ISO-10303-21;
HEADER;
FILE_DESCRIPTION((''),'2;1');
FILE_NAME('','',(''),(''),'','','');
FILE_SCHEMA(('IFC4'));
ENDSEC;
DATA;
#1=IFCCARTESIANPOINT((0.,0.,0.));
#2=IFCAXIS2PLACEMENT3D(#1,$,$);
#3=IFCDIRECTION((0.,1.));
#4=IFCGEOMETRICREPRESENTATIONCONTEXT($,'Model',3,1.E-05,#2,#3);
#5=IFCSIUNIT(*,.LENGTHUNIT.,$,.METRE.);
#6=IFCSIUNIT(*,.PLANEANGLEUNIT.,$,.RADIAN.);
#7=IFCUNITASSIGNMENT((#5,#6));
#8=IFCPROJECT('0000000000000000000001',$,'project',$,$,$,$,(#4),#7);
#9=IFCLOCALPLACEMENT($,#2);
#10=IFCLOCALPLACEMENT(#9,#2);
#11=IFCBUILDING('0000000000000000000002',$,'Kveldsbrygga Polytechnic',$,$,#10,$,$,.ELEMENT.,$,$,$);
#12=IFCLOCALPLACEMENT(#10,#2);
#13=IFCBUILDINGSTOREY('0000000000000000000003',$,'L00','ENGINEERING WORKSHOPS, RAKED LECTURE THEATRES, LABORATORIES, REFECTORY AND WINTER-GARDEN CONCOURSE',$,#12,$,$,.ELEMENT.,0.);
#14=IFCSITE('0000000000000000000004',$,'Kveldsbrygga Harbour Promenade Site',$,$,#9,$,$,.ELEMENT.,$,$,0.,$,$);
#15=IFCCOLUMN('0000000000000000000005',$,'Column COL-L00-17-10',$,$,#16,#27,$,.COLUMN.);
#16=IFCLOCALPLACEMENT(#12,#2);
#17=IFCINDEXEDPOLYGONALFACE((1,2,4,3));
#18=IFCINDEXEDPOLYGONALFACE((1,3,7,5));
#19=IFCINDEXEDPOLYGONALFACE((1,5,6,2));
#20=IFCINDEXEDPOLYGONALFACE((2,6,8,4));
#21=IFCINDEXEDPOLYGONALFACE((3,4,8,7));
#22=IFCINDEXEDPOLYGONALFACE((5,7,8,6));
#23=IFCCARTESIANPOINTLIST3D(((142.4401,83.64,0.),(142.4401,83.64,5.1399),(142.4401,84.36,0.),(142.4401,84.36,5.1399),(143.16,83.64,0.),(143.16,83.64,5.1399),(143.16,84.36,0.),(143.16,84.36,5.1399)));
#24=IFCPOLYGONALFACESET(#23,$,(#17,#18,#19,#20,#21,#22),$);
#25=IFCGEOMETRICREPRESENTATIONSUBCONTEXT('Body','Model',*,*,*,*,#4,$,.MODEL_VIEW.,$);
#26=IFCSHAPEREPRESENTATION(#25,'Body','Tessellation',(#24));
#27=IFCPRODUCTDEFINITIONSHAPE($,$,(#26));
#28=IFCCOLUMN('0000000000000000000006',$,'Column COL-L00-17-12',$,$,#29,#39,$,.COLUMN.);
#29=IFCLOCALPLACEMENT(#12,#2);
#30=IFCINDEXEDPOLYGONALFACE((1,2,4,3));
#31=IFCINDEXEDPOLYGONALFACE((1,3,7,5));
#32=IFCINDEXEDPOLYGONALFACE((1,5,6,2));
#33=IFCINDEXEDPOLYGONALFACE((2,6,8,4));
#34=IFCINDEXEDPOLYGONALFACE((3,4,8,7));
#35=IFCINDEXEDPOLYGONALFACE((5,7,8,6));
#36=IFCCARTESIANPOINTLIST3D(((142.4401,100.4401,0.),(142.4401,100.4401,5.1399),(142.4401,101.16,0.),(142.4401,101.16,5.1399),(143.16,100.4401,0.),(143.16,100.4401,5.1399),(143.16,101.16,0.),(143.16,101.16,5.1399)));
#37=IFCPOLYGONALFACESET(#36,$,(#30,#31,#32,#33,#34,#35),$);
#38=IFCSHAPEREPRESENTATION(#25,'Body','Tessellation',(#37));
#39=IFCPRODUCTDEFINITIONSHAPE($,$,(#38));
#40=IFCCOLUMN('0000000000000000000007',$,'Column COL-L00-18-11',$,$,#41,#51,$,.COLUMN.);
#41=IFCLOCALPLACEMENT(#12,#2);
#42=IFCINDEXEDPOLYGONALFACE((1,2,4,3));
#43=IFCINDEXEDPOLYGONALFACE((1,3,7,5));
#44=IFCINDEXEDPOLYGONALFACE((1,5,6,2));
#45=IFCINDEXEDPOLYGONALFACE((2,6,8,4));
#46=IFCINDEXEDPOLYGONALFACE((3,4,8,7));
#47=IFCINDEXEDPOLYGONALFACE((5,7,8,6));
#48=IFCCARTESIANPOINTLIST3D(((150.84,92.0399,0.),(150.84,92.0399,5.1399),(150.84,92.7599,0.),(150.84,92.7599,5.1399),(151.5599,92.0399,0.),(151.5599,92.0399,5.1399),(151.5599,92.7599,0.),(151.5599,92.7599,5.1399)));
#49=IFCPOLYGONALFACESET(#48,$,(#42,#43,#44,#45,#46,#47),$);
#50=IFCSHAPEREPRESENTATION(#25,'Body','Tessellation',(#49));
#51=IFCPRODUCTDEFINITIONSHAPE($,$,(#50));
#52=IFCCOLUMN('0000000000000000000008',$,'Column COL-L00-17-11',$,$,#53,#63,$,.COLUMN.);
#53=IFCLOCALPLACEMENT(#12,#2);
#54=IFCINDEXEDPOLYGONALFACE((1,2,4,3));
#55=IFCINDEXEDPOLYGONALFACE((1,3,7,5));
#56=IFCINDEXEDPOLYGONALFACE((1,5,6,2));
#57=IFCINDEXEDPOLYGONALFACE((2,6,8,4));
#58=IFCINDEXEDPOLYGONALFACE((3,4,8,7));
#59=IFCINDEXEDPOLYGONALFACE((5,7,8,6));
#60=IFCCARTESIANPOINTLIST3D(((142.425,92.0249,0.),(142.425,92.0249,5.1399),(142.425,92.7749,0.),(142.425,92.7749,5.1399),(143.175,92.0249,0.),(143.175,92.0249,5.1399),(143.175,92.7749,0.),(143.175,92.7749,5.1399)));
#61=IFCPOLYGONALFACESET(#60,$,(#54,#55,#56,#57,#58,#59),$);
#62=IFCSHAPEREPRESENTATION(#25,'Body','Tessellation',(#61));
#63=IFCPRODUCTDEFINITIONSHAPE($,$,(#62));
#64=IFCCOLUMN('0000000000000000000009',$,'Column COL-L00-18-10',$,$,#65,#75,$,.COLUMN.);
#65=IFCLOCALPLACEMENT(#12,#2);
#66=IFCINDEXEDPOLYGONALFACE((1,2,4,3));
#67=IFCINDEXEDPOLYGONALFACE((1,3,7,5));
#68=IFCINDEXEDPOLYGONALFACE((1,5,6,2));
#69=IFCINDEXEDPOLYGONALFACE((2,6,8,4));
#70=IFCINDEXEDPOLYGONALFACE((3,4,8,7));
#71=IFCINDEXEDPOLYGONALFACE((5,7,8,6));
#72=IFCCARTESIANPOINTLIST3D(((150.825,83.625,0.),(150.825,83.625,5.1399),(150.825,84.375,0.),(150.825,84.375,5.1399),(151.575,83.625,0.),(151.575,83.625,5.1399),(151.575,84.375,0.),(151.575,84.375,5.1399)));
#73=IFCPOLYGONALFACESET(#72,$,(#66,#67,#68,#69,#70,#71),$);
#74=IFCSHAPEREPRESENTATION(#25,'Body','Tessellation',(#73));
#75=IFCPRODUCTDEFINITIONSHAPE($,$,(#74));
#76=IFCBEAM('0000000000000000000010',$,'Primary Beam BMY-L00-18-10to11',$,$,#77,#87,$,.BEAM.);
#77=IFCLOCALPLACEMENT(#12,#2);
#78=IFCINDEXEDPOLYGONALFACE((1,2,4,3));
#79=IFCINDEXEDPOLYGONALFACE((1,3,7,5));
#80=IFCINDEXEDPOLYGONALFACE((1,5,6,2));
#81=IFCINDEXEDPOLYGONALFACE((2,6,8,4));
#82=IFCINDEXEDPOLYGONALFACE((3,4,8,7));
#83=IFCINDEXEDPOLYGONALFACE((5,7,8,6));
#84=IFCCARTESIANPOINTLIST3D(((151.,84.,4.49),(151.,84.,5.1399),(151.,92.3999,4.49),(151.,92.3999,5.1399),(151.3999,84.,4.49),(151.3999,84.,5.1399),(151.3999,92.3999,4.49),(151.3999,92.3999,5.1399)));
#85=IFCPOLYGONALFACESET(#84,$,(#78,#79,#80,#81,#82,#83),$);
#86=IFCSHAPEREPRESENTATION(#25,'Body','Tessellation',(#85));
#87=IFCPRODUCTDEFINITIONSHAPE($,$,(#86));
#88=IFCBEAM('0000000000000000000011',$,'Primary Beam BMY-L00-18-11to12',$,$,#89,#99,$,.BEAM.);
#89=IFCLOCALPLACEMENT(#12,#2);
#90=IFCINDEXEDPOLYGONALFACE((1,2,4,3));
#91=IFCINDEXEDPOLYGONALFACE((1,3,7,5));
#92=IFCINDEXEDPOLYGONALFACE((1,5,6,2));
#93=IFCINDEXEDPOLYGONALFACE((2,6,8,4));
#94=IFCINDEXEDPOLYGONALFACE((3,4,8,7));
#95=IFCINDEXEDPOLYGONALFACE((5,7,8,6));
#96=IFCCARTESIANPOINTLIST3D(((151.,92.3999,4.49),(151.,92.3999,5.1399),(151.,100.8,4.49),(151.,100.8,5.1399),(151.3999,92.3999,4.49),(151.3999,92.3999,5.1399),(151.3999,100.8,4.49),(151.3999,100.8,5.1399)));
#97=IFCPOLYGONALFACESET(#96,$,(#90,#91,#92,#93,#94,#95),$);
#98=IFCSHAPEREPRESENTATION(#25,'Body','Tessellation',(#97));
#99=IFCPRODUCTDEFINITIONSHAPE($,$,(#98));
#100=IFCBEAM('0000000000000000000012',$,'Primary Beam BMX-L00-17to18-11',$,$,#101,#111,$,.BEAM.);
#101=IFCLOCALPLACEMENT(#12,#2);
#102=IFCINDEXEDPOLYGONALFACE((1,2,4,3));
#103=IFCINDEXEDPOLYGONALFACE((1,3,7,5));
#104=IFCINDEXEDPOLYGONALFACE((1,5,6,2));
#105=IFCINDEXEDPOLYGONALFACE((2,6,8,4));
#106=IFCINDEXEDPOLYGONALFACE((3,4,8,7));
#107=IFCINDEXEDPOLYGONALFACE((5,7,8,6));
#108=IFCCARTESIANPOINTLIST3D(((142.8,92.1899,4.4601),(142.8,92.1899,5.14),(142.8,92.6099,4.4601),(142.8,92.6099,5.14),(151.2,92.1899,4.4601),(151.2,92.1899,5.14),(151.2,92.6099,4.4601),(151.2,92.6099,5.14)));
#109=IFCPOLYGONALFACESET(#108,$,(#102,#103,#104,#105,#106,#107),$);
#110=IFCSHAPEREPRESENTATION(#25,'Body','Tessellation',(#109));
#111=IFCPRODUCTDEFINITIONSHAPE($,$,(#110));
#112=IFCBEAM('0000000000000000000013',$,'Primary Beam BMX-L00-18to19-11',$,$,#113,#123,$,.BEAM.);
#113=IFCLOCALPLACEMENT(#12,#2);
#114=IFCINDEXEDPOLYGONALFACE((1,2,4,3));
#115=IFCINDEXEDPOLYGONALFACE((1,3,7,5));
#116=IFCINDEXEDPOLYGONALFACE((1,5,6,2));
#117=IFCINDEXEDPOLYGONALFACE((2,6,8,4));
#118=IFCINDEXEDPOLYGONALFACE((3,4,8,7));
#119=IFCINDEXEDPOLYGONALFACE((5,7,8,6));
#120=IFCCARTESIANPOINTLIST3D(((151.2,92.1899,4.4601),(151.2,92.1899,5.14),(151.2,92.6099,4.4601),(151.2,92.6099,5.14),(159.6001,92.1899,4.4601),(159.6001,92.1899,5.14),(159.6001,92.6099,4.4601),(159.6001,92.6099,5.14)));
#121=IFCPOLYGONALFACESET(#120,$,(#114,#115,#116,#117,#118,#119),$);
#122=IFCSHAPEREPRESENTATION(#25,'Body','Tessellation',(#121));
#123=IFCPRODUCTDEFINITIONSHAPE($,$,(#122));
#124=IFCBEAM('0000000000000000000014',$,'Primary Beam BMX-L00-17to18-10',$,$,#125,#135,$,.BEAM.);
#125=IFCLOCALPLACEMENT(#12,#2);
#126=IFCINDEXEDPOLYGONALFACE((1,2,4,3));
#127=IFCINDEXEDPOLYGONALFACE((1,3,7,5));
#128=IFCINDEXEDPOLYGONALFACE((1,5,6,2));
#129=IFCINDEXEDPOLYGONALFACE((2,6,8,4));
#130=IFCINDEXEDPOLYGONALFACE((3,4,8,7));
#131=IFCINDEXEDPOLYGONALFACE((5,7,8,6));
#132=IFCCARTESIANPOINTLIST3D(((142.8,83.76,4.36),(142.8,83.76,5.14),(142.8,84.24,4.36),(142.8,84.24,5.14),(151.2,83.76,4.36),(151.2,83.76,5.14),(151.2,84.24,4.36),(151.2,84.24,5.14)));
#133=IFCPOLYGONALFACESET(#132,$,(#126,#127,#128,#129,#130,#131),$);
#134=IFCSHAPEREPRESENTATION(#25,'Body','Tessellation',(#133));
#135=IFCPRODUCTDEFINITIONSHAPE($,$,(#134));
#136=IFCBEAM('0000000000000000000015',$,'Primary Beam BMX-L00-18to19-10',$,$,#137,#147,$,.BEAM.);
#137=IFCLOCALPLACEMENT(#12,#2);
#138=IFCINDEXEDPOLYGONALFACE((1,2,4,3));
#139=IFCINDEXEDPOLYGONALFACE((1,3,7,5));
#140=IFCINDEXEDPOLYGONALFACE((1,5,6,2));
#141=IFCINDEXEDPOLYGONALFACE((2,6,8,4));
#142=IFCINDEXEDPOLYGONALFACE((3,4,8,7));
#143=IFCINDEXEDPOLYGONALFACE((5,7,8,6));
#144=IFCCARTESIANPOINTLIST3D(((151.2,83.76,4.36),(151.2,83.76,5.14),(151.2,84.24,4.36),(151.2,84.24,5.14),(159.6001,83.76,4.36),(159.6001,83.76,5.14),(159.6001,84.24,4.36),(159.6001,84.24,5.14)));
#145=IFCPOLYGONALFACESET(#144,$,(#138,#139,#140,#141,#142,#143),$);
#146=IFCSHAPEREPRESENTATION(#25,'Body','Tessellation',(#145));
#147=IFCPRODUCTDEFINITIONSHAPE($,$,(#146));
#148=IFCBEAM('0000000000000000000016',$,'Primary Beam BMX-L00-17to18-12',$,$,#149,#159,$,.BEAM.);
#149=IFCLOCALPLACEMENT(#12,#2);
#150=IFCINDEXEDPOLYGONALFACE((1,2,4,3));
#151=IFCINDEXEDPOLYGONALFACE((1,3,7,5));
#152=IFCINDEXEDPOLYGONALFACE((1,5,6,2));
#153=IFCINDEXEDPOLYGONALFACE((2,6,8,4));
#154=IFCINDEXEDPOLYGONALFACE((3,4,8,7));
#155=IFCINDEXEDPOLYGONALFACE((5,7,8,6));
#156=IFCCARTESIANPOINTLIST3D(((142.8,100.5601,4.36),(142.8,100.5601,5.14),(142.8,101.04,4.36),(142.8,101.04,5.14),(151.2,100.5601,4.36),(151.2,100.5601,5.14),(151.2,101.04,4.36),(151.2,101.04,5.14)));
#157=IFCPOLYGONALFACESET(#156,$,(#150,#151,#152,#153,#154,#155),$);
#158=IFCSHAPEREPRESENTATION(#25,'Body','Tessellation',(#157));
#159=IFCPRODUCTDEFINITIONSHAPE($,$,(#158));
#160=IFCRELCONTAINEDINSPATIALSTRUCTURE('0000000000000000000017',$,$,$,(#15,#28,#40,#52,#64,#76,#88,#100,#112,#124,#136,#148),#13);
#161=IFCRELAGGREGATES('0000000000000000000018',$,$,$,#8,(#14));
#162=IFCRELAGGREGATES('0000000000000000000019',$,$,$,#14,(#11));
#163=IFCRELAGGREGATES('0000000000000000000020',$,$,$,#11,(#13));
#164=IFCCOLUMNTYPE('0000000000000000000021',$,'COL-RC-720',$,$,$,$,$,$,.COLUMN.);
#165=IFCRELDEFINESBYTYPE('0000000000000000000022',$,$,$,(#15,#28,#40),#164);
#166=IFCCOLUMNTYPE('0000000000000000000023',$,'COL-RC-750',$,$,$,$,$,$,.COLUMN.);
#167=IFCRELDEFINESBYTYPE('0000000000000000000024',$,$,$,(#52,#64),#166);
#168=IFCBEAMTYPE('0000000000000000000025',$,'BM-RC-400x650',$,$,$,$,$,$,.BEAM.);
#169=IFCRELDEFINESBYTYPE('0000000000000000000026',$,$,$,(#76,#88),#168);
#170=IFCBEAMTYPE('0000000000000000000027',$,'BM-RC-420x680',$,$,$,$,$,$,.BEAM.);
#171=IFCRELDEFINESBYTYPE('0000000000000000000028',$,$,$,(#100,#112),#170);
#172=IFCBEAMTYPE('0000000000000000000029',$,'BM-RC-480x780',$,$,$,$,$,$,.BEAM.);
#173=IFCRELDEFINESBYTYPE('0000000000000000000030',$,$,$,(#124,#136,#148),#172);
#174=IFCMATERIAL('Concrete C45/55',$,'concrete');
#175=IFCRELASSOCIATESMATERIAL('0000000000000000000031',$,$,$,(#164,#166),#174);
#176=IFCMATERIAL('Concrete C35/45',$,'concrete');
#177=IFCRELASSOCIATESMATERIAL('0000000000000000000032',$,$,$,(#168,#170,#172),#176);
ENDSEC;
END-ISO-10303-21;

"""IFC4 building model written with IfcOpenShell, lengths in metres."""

from ifc_helpers import new_model, si_unit, direction, frame, origin, origin_2d, place, context, subcontext, project, spatial, rectangle, extrude, material, material_profile, profile_set, type_object, element, save


model = new_model("IFC4")

# Units and contexts
model_context = context("Model", 3, precision=1e-05, world=origin(), true_north=direction((0.0, 1.0)))
body_context = subcontext(model_context, "Body", "Model", "MODEL_VIEW")
ifc_project = project(units=[si_unit("LENGTHUNIT", "METRE"), si_unit("PLANEANGLEUNIT", "RADIAN")], contexts=[model_context])

# Site, building, storey
site_placement = place(None, origin())
site = spatial("IfcSite", under=ifc_project, at=site_placement, Name="Kveldsbrygga Harbour Promenade Site", CompositionType="ELEMENT", RefElevation=0.0)
building_placement = place(site_placement, origin())
building = spatial("IfcBuilding", under=site, at=building_placement, Name="Kveldsbrygga Polytechnic", CompositionType="ELEMENT")
storey_placement = place(building_placement, origin())
storey = spatial("IfcBuildingStorey", under=building, at=storey_placement, Name="L00", Description="ENGINEERING WORKSHOPS, RAKED LECTURE THEATRES, LABORATORIES, REFECTORY AND WINTER-GARDEN CONCOURSE", CompositionType="ELEMENT", Elevation=0.0)

# Columns
ifc_material_1 = material(Name="Concrete C45/55", Category="concrete")
ifc_material_profile_1 = material_profile(ifc_material_1, rectangle(XDim=0.72, YDim=0.72, at=origin_2d()), Name="RC 720x720")
ifc_profile_set_1 = profile_set([ifc_material_profile_1], Name="Concrete C45/55")
column_type_1 = type_object("IfcColumnType", Name="COL-RC-720", PredefinedType="COLUMN", material=ifc_profile_set_1)
for number, where, z_axis, x_axis, name in (
    (1, (142.8, 84.0, 0.0), (0.0, 0.0, 1.0), (1.0, 0.0, 0.0), "Column COL-L00-17-10"),
    (2, (142.8, 100.8, 0.0), (0.0, 0.0, 1.0), (1.0, 0.0, 0.0), "Column COL-L00-17-12"),
    (3, (151.2, 92.3999, 0.0), (0.0, 0.0, 1.0), (1.0, 0.0, 0.0), "Column COL-L00-18-11"),
):
    element("IfcColumn", number, at=place(storey_placement, frame(where, z_axis=z_axis, x_axis=x_axis)), inside=storey, type_object=column_type_1, Name=name, PredefinedType="COLUMN", context=body_context, shape_type="SweptSolid", body=[
        extrude(rectangle(XDim=0.72, YDim=0.72, at=origin_2d()), origin(), (0.0, 0.0, 1.0), 5.1399),
    ])
ifc_material_profile_2 = material_profile(ifc_material_1, rectangle(XDim=0.75, YDim=0.75, at=origin_2d()), Name="RC 750x750")
ifc_profile_set_2 = profile_set([ifc_material_profile_2], Name="Concrete C45/55")
column_type_2 = type_object("IfcColumnType", Name="COL-RC-750", PredefinedType="COLUMN", material=ifc_profile_set_2)
for number, where, z_axis, x_axis, name in (
    (4, (142.8, 92.3999, 0.0), (0.0, 0.0, 1.0), (1.0, 0.0, 0.0), "Column COL-L00-17-11"),
    (5, (151.2, 84.0, 0.0), (0.0, 0.0, 1.0), (1.0, 0.0, 0.0), "Column COL-L00-18-10"),
):
    element("IfcColumn", number, at=place(storey_placement, frame(where, z_axis=z_axis, x_axis=x_axis)), inside=storey, type_object=column_type_2, Name=name, PredefinedType="COLUMN", context=body_context, shape_type="SweptSolid", body=[
        extrude(rectangle(XDim=0.75, YDim=0.75, at=origin_2d()), origin(), (0.0, 0.0, 1.0), 5.1399),
    ])

# Beams
ifc_material_2 = material(Name="Concrete C35/45", Category="concrete")
ifc_material_profile_3 = material_profile(ifc_material_2, rectangle(XDim=0.3999, YDim=0.6499, at=origin_2d()), Name="RC 400x650")
ifc_profile_set_3 = profile_set([ifc_material_profile_3], Name="Concrete C35/45")
beam_type_1 = type_object("IfcBeamType", Name="BM-RC-400x650", PredefinedType="BEAM", material=ifc_profile_set_3)
beam_1_placement = place(storey_placement, frame((151.2, 84.0, 4.8149), z_axis=(0.0, 1.0, 0.0), x_axis=(-1.0, 0.0, 0.0)))
element("IfcBeam", 6, at=beam_1_placement, inside=storey, type_object=beam_type_1, Name="Primary Beam BMY-L00-18-10to11", PredefinedType="BEAM", context=body_context, shape_type="SweptSolid", body=[
    extrude(rectangle(XDim=0.3999, YDim=0.6499, at=origin_2d()), origin(), (0.0, 0.0, 1.0), 8.3999),
])
beam_2_placement = place(storey_placement, frame((151.2, 92.3999, 4.8149), z_axis=(0.0, 1.0, 0.0), x_axis=(-1.0, 0.0, 0.0)))
element("IfcBeam", 7, at=beam_2_placement, inside=storey, type_object=beam_type_1, Name="Primary Beam BMY-L00-18-11to12", PredefinedType="BEAM", context=body_context, shape_type="SweptSolid", body=[
    extrude(rectangle(XDim=0.3999, YDim=0.6499, at=origin_2d()), origin(), (0.0, 0.0, 1.0), 8.4001),
])
ifc_material_profile_4 = material_profile(ifc_material_2, rectangle(XDim=0.4199, YDim=0.6799, at=origin_2d()), Name="RC 420x680")
ifc_profile_set_4 = profile_set([ifc_material_profile_4], Name="Concrete C35/45")
beam_type_2 = type_object("IfcBeamType", Name="BM-RC-420x680", PredefinedType="BEAM", material=ifc_profile_set_4)
beam_3_placement = place(storey_placement, frame((142.8, 92.3999, 4.8), z_axis=(1.0, 0.0, 0.0), x_axis=(0.0, 1.0, 0.0)))
element("IfcBeam", 8, at=beam_3_placement, inside=storey, type_object=beam_type_2, Name="Primary Beam BMX-L00-17to18-11", PredefinedType="BEAM", context=body_context, shape_type="SweptSolid", body=[
    extrude(rectangle(XDim=0.4199, YDim=0.6799, at=origin_2d()), origin(), (0.0, 0.0, 1.0), 8.3999),
])
beam_4_placement = place(storey_placement, frame((151.2, 92.3999, 4.8), z_axis=(1.0, 0.0, 0.0), x_axis=(0.0, 1.0, 0.0)))
element("IfcBeam", 9, at=beam_4_placement, inside=storey, type_object=beam_type_2, Name="Primary Beam BMX-L00-18to19-11", PredefinedType="BEAM", context=body_context, shape_type="SweptSolid", body=[
    extrude(rectangle(XDim=0.4199, YDim=0.6799, at=origin_2d()), origin(), (0.0, 0.0, 1.0), 8.4001),
])
ifc_material_profile_5 = material_profile(ifc_material_2, rectangle(XDim=0.48, YDim=0.78, at=origin_2d()), Name="RC 480x780")
ifc_profile_set_5 = profile_set([ifc_material_profile_5], Name="Concrete C35/45")
beam_type_3 = type_object("IfcBeamType", Name="BM-RC-480x780", PredefinedType="BEAM", material=ifc_profile_set_5)
beam_5_placement = place(storey_placement, frame((142.8, 84.0, 4.75), z_axis=(1.0, 0.0, 0.0), x_axis=(0.0, 1.0, 0.0)))
element("IfcBeam", 10, at=beam_5_placement, inside=storey, type_object=beam_type_3, Name="Primary Beam BMX-L00-17to18-10", PredefinedType="BEAM", context=body_context, shape_type="SweptSolid", body=[
    extrude(rectangle(XDim=0.48, YDim=0.78, at=origin_2d()), origin(), (0.0, 0.0, 1.0), 8.3999),
])
beam_6_placement = place(storey_placement, frame((151.2, 84.0, 4.75), z_axis=(1.0, 0.0, 0.0), x_axis=(0.0, 1.0, 0.0)))
element("IfcBeam", 11, at=beam_6_placement, inside=storey, type_object=beam_type_3, Name="Primary Beam BMX-L00-18to19-10", PredefinedType="BEAM", context=body_context, shape_type="SweptSolid", body=[
    extrude(rectangle(XDim=0.48, YDim=0.78, at=origin_2d()), origin(), (0.0, 0.0, 1.0), 8.4001),
])
beam_7_placement = place(storey_placement, frame((142.8, 100.8, 4.75), z_axis=(1.0, 0.0, 0.0), x_axis=(0.0, 1.0, 0.0)))
element("IfcBeam", 12, at=beam_7_placement, inside=storey, type_object=beam_type_3, Name="Primary Beam BMX-L00-17to18-12", PredefinedType="BEAM", context=body_context, shape_type="SweptSolid", body=[
    extrude(rectangle(XDim=0.48, YDim=0.78, at=origin_2d()), origin(), (0.0, 0.0, 1.0), 8.3999),
])

save(model, "model.ifc")
